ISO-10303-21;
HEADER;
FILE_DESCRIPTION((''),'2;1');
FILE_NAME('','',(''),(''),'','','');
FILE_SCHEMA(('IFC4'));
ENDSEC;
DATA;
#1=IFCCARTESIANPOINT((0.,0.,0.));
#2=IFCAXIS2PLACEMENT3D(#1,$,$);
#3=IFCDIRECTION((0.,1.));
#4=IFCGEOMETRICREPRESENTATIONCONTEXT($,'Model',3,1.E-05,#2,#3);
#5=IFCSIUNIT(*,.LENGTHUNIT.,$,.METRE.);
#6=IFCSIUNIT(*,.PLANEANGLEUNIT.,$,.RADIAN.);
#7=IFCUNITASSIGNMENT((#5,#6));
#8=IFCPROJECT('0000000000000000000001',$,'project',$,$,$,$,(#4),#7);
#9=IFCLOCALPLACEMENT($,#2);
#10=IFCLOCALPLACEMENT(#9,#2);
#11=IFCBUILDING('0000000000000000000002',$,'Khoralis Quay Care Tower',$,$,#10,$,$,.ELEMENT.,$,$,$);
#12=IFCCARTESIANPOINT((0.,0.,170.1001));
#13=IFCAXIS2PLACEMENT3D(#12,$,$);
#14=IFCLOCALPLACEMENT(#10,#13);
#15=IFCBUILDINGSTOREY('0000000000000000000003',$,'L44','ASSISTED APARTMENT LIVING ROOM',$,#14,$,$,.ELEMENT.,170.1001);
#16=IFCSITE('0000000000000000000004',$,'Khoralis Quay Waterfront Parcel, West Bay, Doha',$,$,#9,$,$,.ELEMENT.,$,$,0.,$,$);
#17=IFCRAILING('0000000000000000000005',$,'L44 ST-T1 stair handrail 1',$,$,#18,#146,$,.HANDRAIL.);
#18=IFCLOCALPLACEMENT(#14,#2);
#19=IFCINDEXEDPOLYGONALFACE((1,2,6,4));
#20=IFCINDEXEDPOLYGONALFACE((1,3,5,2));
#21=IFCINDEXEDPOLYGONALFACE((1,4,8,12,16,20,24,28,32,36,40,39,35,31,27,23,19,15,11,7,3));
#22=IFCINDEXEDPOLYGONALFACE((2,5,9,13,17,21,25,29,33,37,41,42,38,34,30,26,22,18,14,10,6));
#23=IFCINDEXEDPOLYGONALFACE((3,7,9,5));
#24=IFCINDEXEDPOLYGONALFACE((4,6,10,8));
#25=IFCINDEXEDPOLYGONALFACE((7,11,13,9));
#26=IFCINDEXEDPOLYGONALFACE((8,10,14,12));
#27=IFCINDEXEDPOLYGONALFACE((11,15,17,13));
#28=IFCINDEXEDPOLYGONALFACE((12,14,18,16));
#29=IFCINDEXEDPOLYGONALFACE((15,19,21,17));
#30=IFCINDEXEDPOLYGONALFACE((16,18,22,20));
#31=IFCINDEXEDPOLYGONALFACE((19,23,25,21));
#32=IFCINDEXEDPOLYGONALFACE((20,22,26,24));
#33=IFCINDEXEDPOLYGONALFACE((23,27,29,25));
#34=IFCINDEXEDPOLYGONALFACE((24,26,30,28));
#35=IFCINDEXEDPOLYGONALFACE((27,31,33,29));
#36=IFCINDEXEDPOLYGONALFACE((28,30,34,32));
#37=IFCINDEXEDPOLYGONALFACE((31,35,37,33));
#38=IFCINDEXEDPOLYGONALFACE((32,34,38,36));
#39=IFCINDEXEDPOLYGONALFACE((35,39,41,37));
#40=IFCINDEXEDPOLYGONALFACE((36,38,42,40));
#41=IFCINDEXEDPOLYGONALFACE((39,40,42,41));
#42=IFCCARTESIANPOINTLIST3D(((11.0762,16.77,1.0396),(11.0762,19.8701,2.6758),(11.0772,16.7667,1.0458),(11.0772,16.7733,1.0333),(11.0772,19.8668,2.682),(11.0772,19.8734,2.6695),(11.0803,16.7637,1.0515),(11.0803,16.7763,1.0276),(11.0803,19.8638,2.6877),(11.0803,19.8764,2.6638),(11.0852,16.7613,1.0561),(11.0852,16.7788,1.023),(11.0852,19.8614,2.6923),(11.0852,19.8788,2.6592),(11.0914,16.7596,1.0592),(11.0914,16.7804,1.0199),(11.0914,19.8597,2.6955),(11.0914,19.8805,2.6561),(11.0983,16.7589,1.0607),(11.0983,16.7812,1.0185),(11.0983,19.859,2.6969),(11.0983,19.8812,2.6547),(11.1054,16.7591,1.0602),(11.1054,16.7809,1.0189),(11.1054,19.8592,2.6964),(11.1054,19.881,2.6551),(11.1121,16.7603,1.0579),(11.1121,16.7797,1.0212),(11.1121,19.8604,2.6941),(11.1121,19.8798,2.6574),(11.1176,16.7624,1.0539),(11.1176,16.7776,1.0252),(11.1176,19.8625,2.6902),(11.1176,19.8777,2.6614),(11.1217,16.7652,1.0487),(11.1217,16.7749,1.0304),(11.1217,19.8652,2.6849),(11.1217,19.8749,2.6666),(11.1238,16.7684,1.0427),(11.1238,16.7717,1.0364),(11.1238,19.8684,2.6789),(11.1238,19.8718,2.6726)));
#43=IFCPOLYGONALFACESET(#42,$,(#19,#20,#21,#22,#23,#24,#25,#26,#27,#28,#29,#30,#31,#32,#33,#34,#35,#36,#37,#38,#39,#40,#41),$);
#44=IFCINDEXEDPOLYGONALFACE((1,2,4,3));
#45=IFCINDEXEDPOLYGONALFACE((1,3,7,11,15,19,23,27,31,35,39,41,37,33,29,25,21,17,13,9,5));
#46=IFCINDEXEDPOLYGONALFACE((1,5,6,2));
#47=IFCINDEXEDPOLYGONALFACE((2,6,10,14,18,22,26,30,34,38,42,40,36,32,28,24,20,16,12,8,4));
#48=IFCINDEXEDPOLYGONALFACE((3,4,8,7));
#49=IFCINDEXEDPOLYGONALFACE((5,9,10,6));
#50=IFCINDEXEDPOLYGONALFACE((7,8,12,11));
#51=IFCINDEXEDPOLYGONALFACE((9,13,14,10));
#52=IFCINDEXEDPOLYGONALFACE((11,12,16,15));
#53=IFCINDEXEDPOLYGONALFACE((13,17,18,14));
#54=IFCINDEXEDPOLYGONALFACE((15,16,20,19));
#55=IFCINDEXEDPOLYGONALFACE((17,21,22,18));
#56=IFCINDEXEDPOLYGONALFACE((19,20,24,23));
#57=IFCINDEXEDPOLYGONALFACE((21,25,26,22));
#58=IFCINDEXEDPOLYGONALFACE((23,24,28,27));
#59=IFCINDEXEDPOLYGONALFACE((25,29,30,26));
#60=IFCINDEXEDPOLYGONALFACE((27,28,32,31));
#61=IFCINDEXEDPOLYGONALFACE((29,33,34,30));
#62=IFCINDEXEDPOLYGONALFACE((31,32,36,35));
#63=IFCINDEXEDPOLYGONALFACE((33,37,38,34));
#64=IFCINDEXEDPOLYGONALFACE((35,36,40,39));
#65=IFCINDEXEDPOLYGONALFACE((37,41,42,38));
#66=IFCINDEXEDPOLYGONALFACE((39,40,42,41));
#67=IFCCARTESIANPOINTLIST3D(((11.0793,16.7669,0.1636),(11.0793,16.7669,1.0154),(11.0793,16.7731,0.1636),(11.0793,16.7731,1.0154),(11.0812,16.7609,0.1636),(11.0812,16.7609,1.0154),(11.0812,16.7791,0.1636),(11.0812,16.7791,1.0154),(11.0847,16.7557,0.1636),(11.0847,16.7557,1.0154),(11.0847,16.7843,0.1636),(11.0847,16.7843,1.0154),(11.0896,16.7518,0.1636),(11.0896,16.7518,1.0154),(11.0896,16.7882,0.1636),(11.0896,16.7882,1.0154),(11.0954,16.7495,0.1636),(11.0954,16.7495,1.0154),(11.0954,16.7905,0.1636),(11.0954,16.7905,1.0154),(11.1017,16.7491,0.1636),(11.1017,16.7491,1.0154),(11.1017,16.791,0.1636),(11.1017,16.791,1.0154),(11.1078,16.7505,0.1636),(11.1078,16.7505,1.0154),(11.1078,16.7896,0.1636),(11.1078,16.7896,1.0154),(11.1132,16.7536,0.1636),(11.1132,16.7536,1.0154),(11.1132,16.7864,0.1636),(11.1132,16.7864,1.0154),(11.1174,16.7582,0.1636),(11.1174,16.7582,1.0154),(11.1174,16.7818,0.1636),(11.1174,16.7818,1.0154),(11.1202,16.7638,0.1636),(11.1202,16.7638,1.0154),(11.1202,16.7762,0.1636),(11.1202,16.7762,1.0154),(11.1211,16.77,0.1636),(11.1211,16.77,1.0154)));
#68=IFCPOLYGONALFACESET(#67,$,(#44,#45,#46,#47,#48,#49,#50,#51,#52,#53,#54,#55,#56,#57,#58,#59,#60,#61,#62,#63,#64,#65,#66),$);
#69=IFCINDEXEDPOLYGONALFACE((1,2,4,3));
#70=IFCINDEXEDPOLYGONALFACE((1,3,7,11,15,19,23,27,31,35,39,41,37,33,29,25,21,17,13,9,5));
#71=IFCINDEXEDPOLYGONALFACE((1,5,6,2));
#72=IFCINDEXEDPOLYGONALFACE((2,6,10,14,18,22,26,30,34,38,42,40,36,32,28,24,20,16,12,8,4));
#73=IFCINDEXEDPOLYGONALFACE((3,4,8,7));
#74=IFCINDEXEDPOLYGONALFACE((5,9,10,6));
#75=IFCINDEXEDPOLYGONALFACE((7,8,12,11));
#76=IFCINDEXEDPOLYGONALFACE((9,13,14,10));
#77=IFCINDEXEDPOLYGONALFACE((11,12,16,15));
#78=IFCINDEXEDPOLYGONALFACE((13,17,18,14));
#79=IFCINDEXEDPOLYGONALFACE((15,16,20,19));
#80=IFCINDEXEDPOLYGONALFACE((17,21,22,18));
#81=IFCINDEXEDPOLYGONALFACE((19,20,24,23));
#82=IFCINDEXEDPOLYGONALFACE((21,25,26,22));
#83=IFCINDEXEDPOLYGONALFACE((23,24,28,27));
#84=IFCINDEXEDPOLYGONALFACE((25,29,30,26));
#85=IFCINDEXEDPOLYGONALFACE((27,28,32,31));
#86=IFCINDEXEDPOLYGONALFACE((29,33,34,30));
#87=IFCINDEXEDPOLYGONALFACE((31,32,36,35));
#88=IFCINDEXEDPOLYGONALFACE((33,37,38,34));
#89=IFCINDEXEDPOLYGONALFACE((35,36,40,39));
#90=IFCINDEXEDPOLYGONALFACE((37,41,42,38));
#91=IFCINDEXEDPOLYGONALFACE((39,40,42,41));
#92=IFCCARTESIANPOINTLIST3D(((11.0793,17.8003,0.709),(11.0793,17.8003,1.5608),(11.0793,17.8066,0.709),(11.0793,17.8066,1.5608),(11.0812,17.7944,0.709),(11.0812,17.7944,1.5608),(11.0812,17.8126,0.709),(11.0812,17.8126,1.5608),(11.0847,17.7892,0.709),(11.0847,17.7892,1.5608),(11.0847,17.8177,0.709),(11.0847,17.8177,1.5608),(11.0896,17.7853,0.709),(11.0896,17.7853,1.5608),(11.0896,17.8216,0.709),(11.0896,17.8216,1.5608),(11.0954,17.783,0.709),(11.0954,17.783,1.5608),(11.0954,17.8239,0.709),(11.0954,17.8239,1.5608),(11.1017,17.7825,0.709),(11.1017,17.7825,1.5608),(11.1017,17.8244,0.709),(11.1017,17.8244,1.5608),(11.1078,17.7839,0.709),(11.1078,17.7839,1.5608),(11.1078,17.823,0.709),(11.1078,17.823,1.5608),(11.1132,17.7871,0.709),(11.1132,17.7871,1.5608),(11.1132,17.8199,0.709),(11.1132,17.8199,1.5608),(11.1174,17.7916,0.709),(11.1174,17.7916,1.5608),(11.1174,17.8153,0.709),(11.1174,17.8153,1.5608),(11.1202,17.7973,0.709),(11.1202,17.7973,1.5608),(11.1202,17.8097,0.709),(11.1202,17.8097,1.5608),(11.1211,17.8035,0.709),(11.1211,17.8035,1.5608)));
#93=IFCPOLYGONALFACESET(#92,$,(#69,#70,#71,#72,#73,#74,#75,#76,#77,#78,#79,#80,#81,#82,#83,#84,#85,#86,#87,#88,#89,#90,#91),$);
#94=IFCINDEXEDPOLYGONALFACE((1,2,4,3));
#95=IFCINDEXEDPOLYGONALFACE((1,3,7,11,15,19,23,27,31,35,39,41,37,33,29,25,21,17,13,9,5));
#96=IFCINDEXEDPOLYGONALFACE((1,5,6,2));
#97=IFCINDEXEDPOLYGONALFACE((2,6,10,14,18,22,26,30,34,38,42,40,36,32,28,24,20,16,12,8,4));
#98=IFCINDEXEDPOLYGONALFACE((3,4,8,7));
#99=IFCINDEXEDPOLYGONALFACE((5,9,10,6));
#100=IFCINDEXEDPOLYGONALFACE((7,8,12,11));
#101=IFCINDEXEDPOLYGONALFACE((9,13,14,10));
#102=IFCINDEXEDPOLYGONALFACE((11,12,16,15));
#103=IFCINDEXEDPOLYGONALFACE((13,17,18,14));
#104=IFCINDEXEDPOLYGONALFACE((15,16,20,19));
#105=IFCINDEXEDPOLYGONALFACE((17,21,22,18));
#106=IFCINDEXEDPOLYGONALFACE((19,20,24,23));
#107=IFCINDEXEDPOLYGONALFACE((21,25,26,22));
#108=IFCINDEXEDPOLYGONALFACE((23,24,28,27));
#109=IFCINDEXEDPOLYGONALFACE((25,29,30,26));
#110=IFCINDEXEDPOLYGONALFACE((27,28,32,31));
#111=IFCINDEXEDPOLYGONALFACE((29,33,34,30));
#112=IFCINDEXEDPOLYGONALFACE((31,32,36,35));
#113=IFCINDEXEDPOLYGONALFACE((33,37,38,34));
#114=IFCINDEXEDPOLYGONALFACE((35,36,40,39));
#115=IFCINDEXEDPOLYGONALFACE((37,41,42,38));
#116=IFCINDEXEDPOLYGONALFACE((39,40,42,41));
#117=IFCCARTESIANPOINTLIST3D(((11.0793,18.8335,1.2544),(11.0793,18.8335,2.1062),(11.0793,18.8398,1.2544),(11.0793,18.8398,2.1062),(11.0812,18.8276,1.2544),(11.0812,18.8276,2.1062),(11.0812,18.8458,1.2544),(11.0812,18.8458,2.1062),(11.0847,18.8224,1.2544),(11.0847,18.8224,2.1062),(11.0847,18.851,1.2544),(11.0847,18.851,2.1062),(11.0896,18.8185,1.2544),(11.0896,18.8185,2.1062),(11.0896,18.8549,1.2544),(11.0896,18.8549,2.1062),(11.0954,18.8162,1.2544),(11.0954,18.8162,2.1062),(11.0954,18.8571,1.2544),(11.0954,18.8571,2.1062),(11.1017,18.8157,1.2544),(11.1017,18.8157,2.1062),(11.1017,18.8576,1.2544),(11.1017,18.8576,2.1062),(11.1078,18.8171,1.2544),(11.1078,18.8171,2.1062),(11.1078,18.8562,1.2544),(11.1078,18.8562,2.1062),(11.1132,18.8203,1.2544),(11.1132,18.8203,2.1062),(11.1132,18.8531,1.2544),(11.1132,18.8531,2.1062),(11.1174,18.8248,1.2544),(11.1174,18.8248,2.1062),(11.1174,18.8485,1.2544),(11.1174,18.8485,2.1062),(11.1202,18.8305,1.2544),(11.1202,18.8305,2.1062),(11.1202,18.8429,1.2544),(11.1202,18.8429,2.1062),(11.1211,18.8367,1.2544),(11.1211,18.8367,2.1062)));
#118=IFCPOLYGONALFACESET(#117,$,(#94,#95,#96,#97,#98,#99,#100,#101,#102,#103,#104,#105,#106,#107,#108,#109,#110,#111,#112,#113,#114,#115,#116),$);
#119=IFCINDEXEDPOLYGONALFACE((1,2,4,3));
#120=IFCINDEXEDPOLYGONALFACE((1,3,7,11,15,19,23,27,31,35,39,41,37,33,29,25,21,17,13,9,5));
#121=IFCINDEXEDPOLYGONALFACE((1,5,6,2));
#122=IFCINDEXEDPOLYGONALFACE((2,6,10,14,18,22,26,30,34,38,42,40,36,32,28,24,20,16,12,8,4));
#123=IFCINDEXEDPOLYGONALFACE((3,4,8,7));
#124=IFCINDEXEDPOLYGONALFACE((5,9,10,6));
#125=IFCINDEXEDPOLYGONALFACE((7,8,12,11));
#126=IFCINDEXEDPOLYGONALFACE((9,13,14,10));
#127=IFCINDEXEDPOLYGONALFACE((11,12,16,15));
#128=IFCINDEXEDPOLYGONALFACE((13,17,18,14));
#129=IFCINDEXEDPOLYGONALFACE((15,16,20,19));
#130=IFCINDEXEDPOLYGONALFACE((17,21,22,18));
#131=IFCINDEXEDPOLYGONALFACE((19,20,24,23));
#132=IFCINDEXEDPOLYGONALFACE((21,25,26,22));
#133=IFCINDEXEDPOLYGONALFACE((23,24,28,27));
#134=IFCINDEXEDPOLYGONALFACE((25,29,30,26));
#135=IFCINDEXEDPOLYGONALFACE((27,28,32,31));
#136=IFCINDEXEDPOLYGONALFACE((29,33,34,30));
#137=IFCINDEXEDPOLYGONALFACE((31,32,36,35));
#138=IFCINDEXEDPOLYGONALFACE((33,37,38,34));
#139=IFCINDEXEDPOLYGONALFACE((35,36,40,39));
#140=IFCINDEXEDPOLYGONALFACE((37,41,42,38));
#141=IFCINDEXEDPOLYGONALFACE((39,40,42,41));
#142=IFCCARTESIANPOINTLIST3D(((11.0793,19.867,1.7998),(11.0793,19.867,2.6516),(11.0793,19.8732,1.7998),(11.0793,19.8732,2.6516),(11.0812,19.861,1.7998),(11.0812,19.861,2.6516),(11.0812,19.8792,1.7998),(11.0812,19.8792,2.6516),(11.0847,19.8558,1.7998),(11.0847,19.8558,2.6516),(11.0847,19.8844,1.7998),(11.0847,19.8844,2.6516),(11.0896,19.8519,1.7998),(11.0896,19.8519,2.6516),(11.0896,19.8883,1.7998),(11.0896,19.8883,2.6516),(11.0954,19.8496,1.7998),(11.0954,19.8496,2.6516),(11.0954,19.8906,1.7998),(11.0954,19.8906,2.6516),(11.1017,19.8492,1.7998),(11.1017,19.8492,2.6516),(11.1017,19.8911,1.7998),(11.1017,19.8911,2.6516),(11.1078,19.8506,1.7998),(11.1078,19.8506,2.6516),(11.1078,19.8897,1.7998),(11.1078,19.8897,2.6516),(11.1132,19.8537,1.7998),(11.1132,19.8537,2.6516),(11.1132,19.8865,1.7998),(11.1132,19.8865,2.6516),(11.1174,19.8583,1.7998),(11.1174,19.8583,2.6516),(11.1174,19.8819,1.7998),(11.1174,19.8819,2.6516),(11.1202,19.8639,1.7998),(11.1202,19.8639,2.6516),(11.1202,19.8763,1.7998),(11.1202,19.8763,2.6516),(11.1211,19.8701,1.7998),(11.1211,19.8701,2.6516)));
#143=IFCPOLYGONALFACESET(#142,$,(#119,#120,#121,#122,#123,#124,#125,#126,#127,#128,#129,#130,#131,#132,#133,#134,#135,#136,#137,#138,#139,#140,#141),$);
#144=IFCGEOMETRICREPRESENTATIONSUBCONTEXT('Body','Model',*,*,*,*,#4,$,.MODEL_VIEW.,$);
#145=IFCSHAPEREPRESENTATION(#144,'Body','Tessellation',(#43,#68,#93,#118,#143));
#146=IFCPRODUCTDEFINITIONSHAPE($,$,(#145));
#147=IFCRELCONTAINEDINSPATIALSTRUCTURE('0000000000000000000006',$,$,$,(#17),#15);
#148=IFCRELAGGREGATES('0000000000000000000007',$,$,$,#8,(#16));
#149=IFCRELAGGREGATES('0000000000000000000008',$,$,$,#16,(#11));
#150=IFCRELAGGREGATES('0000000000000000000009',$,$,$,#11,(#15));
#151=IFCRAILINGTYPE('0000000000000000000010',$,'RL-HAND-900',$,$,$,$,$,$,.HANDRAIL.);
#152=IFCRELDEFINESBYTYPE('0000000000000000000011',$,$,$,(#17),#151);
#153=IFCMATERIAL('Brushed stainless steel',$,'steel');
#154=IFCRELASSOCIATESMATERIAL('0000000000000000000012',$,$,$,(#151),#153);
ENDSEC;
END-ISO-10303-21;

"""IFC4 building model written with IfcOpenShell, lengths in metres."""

from ifc_helpers import new_model, si_unit, direction, frame, origin, origin_2d, place, context, subcontext, project, spatial, circle, extrude, material, type_object, element, save


model = new_model("IFC4")

# Units and contexts
model_context = context("Model", 3, precision=1e-05, world=origin(), true_north=direction((0.0, 1.0)))
body_context = subcontext(model_context, "Body", "Model", "MODEL_VIEW")
ifc_project = project(units=[si_unit("LENGTHUNIT", "METRE"), si_unit("PLANEANGLEUNIT", "RADIAN")], contexts=[model_context])

# Site, building, storey
site_placement = place(None, origin())
site = spatial("IfcSite", under=ifc_project, at=site_placement, Name="Khoralis Quay Waterfront Parcel, West Bay, Doha", CompositionType="ELEMENT", RefElevation=0.0)
building_placement = place(site_placement, origin())
building = spatial("IfcBuilding", under=site, at=building_placement, Name="Khoralis Quay Care Tower", CompositionType="ELEMENT")
storey_placement = place(building_placement, frame((0.0, 0.0, 170.1001)))
storey = spatial("IfcBuildingStorey", under=building, at=storey_placement, Name="L44", Description="ASSISTED APARTMENT LIVING ROOM", CompositionType="ELEMENT", Elevation=170.1001)

# Shared definitions
ifc_material_1 = material(Name="Brushed stainless steel", Category="steel")

# Railing
railing_type_1 = type_object("IfcRailingType", Name="RL-HAND-900", PredefinedType="HANDRAIL", material=ifc_material_1)
railing_1_placement = place(storey_placement, frame((11.1001, 16.77, 0.1636)))
element("IfcRailing", 1, at=railing_1_placement, inside=storey, type_object=railing_type_1, Name="L44 ST-T1 stair handrail 1", PredefinedType="HANDRAIL", context=body_context, shape_type="SweptSolid", body=[
    extrude(circle(Radius=0.0239, at=origin_2d()), frame((0.0, 0.0, 0.876), z_axis=(0.0, 0.884377, 0.466774), x_axis=(-1.0, 0.0, 0.0)), (0.0, 0.0, 1.0), 3.5054),
    extrude(circle(Radius=0.021, at=origin_2d()), origin(), (0.0, 0.0, 1.0), 0.8518),
    extrude(circle(Radius=0.021, at=origin_2d()), frame((0.0, 1.0334, 0.5454)), (0.0, 0.0, 1.0), 0.8518),
    extrude(circle(Radius=0.021, at=origin_2d()), frame((0.0, 2.0667, 1.0908)), (0.0, 0.0, 1.0), 0.8518),
    extrude(circle(Radius=0.021, at=origin_2d()), frame((0.0, 3.1001, 1.6362)), (0.0, 0.0, 1.0), 0.8518),
])

save(model, "model.ifc")
